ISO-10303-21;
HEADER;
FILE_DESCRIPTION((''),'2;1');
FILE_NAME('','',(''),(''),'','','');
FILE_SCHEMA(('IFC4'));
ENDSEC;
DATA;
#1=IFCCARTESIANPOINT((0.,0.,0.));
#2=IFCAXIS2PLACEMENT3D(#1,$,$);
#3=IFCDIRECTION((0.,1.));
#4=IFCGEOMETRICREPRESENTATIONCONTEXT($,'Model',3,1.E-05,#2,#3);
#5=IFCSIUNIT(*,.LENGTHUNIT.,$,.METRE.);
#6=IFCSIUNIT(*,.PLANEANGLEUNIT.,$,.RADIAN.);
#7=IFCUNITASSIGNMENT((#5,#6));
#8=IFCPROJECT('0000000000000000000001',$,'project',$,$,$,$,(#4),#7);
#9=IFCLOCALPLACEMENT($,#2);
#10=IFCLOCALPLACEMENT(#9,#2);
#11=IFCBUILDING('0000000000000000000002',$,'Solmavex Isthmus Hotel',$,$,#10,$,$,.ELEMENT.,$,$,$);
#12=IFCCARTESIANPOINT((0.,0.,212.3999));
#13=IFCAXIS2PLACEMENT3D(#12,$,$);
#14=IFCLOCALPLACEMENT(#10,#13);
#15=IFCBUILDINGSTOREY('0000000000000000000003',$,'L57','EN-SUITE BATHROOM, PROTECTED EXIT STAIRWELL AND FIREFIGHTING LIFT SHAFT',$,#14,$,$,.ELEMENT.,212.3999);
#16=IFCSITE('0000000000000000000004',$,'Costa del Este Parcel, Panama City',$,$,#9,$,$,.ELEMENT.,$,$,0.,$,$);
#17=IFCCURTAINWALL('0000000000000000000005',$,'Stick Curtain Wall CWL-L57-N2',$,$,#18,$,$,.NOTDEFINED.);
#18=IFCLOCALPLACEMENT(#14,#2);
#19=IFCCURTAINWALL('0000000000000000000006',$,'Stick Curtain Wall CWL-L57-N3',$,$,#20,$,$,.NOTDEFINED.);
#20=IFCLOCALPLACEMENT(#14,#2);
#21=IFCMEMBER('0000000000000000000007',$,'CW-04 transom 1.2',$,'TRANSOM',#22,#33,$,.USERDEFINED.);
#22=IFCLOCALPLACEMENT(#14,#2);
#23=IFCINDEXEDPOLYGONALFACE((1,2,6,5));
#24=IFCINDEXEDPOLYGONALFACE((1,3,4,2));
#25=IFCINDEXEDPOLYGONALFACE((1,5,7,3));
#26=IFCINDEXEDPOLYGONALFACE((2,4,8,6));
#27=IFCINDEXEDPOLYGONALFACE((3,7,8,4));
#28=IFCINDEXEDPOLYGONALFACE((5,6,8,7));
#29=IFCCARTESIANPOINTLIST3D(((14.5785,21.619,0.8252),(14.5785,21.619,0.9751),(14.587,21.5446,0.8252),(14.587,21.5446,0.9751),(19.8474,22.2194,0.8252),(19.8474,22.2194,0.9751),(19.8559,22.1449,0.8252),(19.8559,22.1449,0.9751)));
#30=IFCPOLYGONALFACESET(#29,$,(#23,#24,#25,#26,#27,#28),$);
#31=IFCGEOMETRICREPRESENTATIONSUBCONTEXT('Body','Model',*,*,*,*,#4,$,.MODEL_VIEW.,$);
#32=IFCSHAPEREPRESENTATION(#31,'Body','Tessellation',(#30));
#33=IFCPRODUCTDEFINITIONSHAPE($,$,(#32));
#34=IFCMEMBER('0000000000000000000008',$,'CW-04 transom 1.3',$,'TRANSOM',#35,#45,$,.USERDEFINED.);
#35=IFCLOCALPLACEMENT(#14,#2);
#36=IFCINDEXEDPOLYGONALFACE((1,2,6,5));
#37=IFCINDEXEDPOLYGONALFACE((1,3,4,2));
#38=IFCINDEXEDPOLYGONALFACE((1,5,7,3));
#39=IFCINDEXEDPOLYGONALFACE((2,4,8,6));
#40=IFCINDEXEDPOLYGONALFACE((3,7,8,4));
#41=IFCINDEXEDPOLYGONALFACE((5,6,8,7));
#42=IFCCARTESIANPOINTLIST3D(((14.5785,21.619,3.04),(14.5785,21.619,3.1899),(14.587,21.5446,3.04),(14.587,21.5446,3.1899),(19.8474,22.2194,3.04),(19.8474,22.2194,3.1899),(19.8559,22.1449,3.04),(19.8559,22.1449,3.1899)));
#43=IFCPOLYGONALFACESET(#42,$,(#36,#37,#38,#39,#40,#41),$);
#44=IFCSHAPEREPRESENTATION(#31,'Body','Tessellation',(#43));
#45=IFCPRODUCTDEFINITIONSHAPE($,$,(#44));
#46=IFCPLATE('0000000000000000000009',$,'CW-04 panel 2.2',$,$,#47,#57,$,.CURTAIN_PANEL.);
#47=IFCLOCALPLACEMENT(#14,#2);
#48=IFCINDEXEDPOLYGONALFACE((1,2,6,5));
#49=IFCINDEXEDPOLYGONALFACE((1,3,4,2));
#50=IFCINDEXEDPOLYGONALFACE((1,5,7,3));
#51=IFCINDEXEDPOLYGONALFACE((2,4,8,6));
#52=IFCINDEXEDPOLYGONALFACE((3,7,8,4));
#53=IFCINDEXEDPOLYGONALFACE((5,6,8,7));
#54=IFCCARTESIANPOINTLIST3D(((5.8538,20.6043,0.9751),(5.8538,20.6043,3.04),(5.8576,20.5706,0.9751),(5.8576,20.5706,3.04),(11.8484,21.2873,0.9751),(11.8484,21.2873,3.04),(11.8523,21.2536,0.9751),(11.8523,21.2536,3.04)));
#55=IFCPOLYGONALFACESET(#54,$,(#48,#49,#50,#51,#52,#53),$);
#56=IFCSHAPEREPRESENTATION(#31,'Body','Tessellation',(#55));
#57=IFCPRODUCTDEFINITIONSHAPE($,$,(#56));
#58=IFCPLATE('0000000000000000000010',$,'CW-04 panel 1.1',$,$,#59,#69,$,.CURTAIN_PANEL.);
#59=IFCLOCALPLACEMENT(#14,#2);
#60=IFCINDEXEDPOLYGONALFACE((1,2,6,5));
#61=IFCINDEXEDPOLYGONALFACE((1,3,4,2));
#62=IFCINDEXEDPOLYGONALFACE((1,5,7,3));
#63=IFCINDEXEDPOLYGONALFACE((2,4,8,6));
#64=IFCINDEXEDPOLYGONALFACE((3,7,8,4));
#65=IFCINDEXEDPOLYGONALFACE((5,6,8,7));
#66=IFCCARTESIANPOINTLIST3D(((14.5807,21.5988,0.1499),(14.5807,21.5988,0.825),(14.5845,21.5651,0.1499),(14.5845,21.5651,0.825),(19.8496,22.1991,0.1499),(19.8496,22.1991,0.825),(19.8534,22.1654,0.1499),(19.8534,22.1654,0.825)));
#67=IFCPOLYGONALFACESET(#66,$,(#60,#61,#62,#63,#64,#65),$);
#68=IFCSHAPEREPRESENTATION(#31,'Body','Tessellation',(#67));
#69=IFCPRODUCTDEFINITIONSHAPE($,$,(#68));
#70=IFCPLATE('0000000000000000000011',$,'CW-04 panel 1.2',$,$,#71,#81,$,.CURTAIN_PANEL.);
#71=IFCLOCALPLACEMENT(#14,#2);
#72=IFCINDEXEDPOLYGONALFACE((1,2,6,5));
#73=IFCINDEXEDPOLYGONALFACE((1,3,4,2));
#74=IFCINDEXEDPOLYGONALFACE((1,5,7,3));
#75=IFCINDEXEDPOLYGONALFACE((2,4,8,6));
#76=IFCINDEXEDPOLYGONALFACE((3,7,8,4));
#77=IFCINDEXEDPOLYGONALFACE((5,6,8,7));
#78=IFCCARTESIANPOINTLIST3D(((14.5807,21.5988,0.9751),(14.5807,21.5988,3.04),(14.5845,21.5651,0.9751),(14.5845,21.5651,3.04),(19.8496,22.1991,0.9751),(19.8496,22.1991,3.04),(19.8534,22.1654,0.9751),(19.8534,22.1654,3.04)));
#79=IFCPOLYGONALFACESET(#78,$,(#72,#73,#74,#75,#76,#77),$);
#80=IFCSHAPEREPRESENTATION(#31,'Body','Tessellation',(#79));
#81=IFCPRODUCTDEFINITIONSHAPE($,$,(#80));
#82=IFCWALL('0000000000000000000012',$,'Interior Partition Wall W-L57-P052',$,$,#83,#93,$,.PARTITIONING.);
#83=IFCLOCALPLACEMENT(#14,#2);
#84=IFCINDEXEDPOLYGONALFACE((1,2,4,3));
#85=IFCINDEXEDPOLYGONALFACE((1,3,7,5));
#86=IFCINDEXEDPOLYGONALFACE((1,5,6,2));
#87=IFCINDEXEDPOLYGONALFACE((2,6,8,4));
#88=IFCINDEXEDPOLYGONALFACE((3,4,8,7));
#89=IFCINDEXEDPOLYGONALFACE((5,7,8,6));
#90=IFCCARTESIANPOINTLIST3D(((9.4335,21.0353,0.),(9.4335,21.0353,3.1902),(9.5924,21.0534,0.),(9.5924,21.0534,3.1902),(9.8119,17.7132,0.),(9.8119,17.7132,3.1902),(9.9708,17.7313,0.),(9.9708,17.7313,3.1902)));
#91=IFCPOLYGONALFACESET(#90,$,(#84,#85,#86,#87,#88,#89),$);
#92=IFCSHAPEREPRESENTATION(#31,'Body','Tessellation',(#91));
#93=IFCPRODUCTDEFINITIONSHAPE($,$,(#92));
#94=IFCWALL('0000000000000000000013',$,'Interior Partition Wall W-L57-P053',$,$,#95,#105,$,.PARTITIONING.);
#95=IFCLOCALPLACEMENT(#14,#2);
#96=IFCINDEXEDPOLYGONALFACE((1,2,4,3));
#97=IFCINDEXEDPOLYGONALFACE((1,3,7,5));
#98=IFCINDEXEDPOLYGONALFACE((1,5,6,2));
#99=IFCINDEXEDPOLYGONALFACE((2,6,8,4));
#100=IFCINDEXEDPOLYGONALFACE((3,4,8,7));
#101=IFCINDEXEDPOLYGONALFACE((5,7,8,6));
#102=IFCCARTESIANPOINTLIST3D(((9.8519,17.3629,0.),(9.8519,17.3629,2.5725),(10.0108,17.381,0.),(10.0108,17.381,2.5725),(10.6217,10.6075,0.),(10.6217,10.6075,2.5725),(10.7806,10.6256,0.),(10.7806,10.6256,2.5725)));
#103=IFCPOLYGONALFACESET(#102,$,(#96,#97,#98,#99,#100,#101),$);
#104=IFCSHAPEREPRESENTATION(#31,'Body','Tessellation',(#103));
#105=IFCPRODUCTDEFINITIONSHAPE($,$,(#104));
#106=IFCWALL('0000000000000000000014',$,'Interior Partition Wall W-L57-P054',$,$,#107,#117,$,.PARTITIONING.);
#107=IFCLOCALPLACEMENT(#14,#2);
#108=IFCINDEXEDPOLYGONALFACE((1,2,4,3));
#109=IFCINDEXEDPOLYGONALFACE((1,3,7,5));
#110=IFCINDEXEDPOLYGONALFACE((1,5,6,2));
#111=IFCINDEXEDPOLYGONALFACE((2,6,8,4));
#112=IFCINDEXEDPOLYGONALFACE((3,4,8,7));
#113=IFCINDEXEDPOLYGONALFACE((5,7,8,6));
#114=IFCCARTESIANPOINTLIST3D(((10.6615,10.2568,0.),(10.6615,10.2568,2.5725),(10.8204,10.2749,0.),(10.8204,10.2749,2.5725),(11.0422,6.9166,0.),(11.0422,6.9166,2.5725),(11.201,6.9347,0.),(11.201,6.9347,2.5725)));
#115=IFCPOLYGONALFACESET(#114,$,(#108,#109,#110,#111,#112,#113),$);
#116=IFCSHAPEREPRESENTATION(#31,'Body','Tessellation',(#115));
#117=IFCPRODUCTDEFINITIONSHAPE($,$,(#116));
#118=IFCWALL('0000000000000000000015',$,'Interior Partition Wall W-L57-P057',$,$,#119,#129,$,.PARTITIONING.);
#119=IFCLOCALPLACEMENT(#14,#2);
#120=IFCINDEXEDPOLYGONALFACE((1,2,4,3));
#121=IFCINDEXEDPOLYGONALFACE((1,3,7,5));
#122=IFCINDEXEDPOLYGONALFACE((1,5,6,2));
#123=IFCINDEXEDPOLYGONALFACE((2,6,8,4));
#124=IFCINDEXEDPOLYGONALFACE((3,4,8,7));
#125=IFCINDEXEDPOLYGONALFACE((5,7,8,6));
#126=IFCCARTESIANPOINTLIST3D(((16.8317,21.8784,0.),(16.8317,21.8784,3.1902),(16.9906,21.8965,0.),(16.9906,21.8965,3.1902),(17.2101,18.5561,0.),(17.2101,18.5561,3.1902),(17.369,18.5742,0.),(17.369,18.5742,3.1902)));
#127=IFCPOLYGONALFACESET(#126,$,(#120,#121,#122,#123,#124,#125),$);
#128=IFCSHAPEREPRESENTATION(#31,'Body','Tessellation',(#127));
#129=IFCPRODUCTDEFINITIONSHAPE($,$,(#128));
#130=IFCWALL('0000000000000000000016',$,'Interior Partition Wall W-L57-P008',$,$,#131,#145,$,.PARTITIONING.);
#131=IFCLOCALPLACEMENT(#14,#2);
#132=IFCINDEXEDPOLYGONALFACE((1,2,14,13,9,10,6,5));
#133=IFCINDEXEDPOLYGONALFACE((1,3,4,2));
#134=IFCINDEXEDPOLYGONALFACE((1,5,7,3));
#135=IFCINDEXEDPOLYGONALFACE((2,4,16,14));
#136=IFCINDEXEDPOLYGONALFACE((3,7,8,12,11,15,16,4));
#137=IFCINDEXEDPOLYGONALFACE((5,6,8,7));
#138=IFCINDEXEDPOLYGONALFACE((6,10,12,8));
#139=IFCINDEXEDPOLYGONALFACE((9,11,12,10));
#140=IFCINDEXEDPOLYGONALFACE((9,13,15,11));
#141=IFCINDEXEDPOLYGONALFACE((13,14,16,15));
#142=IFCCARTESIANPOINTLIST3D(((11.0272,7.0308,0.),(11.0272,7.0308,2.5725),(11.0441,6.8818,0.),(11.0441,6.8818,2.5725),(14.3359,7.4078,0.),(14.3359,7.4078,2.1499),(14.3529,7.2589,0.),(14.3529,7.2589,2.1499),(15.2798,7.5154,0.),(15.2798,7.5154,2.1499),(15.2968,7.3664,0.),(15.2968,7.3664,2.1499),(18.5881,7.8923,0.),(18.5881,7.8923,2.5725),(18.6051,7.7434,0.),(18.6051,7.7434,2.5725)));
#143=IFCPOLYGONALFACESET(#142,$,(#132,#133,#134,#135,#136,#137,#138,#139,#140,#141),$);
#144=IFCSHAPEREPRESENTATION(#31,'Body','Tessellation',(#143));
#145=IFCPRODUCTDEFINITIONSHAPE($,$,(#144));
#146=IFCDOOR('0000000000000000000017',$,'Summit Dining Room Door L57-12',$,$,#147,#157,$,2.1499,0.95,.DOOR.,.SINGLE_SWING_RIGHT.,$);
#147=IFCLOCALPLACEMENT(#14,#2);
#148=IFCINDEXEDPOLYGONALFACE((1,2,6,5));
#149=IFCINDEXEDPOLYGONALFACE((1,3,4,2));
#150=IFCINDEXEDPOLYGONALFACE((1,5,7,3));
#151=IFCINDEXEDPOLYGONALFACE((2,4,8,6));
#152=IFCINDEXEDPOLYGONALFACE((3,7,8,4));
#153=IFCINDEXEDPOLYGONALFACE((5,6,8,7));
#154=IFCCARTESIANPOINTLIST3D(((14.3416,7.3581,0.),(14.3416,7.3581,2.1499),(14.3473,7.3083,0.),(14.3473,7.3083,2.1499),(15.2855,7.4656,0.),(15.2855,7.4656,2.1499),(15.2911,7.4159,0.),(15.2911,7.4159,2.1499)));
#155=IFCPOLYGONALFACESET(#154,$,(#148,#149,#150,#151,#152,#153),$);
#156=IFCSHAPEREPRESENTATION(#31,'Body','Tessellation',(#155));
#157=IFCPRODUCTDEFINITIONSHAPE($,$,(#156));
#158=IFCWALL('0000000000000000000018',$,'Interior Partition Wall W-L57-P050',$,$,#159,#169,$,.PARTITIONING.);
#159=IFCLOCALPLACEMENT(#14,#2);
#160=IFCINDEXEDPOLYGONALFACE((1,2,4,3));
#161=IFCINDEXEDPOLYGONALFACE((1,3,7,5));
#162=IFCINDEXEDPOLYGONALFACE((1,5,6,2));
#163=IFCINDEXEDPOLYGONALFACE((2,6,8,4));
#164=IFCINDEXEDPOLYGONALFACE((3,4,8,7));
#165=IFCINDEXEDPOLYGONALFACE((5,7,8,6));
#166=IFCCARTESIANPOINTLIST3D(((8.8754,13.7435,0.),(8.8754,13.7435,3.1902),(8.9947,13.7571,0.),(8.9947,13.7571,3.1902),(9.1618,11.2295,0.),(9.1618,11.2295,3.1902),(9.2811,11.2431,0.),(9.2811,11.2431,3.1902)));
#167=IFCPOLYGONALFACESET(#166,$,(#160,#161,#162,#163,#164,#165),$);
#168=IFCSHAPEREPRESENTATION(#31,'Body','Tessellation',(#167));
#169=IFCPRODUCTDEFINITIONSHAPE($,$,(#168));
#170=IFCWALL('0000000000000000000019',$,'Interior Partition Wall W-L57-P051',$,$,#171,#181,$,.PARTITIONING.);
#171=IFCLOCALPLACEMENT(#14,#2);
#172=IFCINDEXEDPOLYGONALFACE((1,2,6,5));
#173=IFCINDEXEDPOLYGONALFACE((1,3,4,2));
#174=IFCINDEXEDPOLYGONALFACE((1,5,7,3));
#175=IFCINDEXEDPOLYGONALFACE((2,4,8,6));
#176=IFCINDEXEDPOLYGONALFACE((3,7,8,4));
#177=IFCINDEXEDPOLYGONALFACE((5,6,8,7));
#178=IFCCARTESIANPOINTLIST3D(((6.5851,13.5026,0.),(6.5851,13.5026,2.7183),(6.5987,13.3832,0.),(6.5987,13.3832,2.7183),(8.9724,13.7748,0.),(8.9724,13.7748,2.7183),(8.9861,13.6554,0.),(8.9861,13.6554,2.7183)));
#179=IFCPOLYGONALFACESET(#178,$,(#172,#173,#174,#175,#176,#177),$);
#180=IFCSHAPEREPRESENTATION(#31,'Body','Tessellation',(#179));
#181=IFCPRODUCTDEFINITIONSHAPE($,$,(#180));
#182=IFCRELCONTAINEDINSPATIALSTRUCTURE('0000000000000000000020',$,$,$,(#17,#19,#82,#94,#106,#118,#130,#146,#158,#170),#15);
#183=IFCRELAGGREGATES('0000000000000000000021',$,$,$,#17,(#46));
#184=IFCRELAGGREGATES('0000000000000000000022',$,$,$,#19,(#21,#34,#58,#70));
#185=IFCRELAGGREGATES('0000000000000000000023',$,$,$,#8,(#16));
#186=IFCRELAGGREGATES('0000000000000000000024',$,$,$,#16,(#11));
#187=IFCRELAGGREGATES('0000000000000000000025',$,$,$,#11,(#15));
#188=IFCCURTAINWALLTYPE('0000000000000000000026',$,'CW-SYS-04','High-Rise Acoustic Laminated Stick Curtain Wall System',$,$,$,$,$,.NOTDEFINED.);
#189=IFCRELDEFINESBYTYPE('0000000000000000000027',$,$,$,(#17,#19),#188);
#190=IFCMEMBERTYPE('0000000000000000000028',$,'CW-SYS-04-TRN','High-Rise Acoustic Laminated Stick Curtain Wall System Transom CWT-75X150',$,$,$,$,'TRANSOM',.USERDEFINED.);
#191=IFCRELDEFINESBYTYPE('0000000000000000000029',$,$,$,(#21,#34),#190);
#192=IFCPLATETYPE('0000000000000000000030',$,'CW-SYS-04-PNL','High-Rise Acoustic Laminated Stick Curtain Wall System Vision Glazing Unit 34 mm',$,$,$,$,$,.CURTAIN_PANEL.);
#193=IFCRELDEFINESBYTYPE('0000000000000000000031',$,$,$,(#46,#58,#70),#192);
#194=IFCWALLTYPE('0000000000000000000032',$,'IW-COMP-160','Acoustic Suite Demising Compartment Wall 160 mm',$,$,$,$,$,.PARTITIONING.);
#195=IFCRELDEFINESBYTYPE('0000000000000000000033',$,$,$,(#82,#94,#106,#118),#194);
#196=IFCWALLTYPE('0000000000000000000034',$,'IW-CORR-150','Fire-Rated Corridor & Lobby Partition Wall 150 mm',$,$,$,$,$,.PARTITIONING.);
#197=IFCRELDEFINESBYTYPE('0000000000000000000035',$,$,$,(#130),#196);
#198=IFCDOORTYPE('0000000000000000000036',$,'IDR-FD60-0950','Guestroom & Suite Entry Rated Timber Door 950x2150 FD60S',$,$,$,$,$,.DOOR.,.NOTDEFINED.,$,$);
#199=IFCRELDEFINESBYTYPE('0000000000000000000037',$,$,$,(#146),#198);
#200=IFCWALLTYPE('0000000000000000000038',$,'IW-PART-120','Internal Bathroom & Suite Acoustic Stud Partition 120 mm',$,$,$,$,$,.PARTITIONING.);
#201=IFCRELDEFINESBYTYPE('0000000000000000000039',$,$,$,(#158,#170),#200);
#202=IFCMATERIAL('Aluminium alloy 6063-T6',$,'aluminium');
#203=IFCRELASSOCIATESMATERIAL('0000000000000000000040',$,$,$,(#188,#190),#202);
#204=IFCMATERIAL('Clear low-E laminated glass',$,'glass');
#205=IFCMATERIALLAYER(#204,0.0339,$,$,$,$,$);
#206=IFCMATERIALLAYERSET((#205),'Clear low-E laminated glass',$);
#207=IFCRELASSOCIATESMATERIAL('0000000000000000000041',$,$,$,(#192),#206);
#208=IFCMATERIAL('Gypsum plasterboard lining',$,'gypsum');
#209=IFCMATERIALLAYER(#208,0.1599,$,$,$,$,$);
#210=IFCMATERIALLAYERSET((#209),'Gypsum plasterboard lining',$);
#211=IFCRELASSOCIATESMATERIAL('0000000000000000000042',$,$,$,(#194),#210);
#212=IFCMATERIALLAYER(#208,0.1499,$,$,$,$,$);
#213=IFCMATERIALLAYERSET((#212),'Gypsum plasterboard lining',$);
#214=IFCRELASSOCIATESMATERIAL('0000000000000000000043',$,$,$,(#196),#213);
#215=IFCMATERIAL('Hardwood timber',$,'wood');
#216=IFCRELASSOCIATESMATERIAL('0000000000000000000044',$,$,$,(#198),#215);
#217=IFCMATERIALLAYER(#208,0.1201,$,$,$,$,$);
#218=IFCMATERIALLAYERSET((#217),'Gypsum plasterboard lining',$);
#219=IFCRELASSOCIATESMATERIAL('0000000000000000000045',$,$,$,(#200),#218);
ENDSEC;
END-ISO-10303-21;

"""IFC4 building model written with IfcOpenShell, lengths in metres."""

from ifc_helpers import new_model, si_unit, direction, frame, frame_2d, origin, origin_2d, place, context, subcontext, project, spatial, rectangle, extrude, material, layer, layer_set, material_profile, profile_set, type_object, element, fill, aggregate, save


model = new_model("IFC4")

# Units and contexts
model_context = context("Model", 3, precision=1e-05, world=origin(), true_north=direction((0.0, 1.0)))
body_context = subcontext(model_context, "Body", "Model", "MODEL_VIEW")
ifc_project = project(units=[si_unit("LENGTHUNIT", "METRE"), si_unit("PLANEANGLEUNIT", "RADIAN")], contexts=[model_context])

# Site, building, storey
site_placement = place(None, origin())
site = spatial("IfcSite", under=ifc_project, at=site_placement, Name="Costa del Este Parcel, Panama City", CompositionType="ELEMENT", RefElevation=0.0)
building_placement = place(site_placement, origin())
building = spatial("IfcBuilding", under=site, at=building_placement, Name="Solmavex Isthmus Hotel", CompositionType="ELEMENT")
storey_placement = place(building_placement, frame((0.0, 0.0, 212.3999)))
storey = spatial("IfcBuildingStorey", under=building, at=storey_placement, Name="L57", Description="EN-SUITE BATHROOM, PROTECTED EXIT STAIRWELL AND FIREFIGHTING LIFT SHAFT", CompositionType="ELEMENT", Elevation=212.3999)

# Curtain wall
ifc_material_1 = material(Name="Aluminium alloy 6063-T6", Category="aluminium")
curtain_wall_type = type_object("IfcCurtainWallType", Name="CW-SYS-04", Description="High-Rise Acoustic Laminated Stick Curtain Wall System", PredefinedType="NOTDEFINED", material=ifc_material_1)
curtain_wall_1_placement = place(storey_placement, origin())
curtain_wall_1 = element("IfcCurtainWall", 1, at=curtain_wall_1_placement, inside=storey, type_object=curtain_wall_type, Name="Stick Curtain Wall CWL-L57-N2", PredefinedType="NOTDEFINED")

# Curtain wall, members
curtain_wall_2_placement = place(storey_placement, origin())
curtain_wall_2 = element("IfcCurtainWall", 2, at=curtain_wall_2_placement, inside=storey, type_object=curtain_wall_type, Name="Stick Curtain Wall CWL-L57-N3", PredefinedType="NOTDEFINED")
ifc_material_profile_1 = material_profile(ifc_material_1, rectangle(XDim=0.075, YDim=0.1499, at=origin_2d()), Name="CWT-75X150")
ifc_profile_set_1 = profile_set([ifc_material_profile_1], Name="Aluminium alloy 6063-T6")
member_type_1 = type_object("IfcMemberType", Name="CW-SYS-04-TRN", Description="High-Rise Acoustic Laminated Stick Curtain Wall System Transom CWT-75X150", ElementType="TRANSOM", PredefinedType="USERDEFINED", material=ifc_profile_set_1)
member_1_placement = place(storey_placement, frame((14.5828, 21.5818, 0.9001), z_axis=(0.993571, 0.11321, 0.0), x_axis=(-0.11321, 0.993571, 0.0)))
member_1 = element("IfcMember", 3, at=member_1_placement, type_object=member_type_1, Name="CW-04 transom 1.2", ObjectType="TRANSOM", PredefinedType="USERDEFINED", context=body_context, shape_type="SweptSolid", body=[
    extrude(rectangle(XDim=0.075, YDim=0.1499, at=origin_2d()), origin(), (0.0, 0.0, 1.0), 5.303),
])
member_2_placement = place(storey_placement, frame((14.5828, 21.5818, 3.115), z_axis=(0.993571, 0.11321, 0.0), x_axis=(-0.11321, 0.993571, 0.0)))
member_2 = element("IfcMember", 4, at=member_2_placement, type_object=member_type_1, Name="CW-04 transom 1.3", ObjectType="TRANSOM", PredefinedType="USERDEFINED", context=body_context, shape_type="SweptSolid", body=[
    extrude(rectangle(XDim=0.075, YDim=0.1499, at=origin_2d()), origin(), (0.0, 0.0, 1.0), 5.303),
])

# Plates
ifc_material_2 = material(Name="Clear low-E laminated glass", Category="glass")
ifc_layer_1 = layer(ifc_material_2, 0.0339)
ifc_layer_set_1 = layer_set([ifc_layer_1], Name="Clear low-E laminated glass")
plate_type = type_object("IfcPlateType", Name="CW-SYS-04-PNL", Description="High-Rise Acoustic Laminated Stick Curtain Wall System Vision Glazing Unit 34 mm", PredefinedType="CURTAIN_PANEL", material=ifc_layer_set_1)
plate_1_placement = place(storey_placement, frame((8.853, 20.929, 0.9751), z_axis=(0.0, 0.0, 1.0), x_axis=(0.993572, 0.113203, 0.0)))
plate_1 = element("IfcPlate", 5, at=plate_1_placement, type_object=plate_type, Name="CW-04 panel 2.2", PredefinedType="CURTAIN_PANEL", context=body_context, shape_type="SweptSolid", body=[
    extrude(rectangle(XDim=6.0334, YDim=0.0339, at=origin_2d()), origin(), (0.0, 0.0, 1.0), 2.0649),
])
aggregate(curtain_wall_1, [plate_1])
plate_2_placement = place(storey_placement, frame((17.217, 21.8821, 0.1499), z_axis=(0.0, 0.0, 1.0), x_axis=(0.993572, 0.113204, 0.0)))
plate_2 = element("IfcPlate", 6, at=plate_2_placement, type_object=plate_type, Name="CW-04 panel 1.1", PredefinedType="CURTAIN_PANEL", context=body_context, shape_type="SweptSolid", body=[
    extrude(rectangle(XDim=5.303, YDim=0.0339, at=origin_2d()), origin(), (0.0, 0.0, 1.0), 0.675),
])
plate_3_placement = place(storey_placement, frame((17.217, 21.8821, 0.9751), z_axis=(0.0, 0.0, 1.0), x_axis=(0.993572, 0.113204, 0.0)))
plate_3 = element("IfcPlate", 7, at=plate_3_placement, type_object=plate_type, Name="CW-04 panel 1.2", PredefinedType="CURTAIN_PANEL", context=body_context, shape_type="SweptSolid", body=[
    extrude(rectangle(XDim=5.303, YDim=0.0339, at=origin_2d()), origin(), (0.0, 0.0, 1.0), 2.0649),
])
aggregate(curtain_wall_2, [member_1, member_2, plate_2, plate_3])

# Walls
ifc_material_3 = material(Name="Gypsum plasterboard lining", Category="gypsum")
ifc_layer_2 = layer(ifc_material_3, 0.1599)
ifc_layer_set_2 = layer_set([ifc_layer_2], Name="Gypsum plasterboard lining")
wall_type_1 = type_object("IfcWallType", Name="IW-COMP-160", Description="Acoustic Suite Demising Compartment Wall 160 mm", PredefinedType="PARTITIONING", material=ifc_layer_set_2)
wall_1_placement = place(storey_placement, frame((9.5129, 21.0444, 0.0), z_axis=(0.0, 0.0, 1.0), x_axis=(0.11318, -0.993574, 0.0)))
element("IfcWall", 8, at=wall_1_placement, inside=storey, type_object=wall_type_1, Name="Interior Partition Wall W-L57-P052", PredefinedType="PARTITIONING", context=body_context, shape_type="SweptSolid", body=[
    extrude(rectangle(XDim=3.3435, YDim=0.1599, at=frame_2d((1.6719, 0.0))), origin(), (0.0, 0.0, 1.0), 3.1902),
])
wall_2_placement = place(storey_placement, frame((9.9314, 17.3718, 0.0), z_axis=(0.0, 0.0, 1.0), x_axis=(0.113217, -0.99357, 0.0)))
element("IfcWall", 9, at=wall_2_placement, inside=storey, type_object=wall_type_1, Name="Interior Partition Wall W-L57-P053", PredefinedType="PARTITIONING", context=body_context, shape_type="SweptSolid", body=[
    extrude(rectangle(XDim=6.7991, YDim=0.1599, at=frame_2d((3.3994, 0.0))), origin(), (0.0, 0.0, 1.0), 2.5725),
])
wall_3_placement = place(storey_placement, frame((10.741, 10.2659, 0.0), z_axis=(0.0, 0.0, 1.0), x_axis=(0.113221, -0.99357, 0.0)))
element("IfcWall", 10, at=wall_3_placement, inside=storey, type_object=wall_type_1, Name="Interior Partition Wall W-L57-P054", PredefinedType="PARTITIONING", context=body_context, shape_type="SweptSolid", body=[
    extrude(rectangle(XDim=3.3618, YDim=0.1599, at=frame_2d((1.6809, 0.0))), origin(), (0.0, 0.0, 1.0), 2.5725),
])
wall_4_placement = place(storey_placement, frame((16.9111, 21.8875, 0.0), z_axis=(0.0, 0.0, 1.0), x_axis=(0.113172, -0.993575, 0.0)))
element("IfcWall", 11, at=wall_4_placement, inside=storey, type_object=wall_type_1, Name="Interior Partition Wall W-L57-P057", PredefinedType="PARTITIONING", context=body_context, shape_type="SweptSolid", body=[
    extrude(rectangle(XDim=3.3438, YDim=0.1599, at=frame_2d((1.6719, 0.0))), origin(), (0.0, 0.0, 1.0), 3.1902),
])

# Wall, opening, door
ifc_layer_3 = layer(ifc_material_3, 0.1499)
ifc_layer_set_3 = layer_set([ifc_layer_3], Name="Gypsum plasterboard lining")
wall_type_2 = type_object("IfcWallType", Name="IW-CORR-150", Description="Fire-Rated Corridor & Lobby Partition Wall 150 mm", PredefinedType="PARTITIONING", material=ifc_layer_set_3)
wall_5_placement = place(storey_placement, frame((11.0356, 6.9563, 0.0), z_axis=(0.0, 0.0, 1.0), x_axis=(0.99357, 0.113216, 0.0)))
wall_5 = element("IfcWall", 12, at=wall_5_placement, inside=storey, type_object=wall_type_2, Name="Interior Partition Wall W-L57-P008", PredefinedType="PARTITIONING", context=body_context, shape_type="SweptSolid", body=[
    extrude(rectangle(XDim=7.6099, YDim=0.1499, at=frame_2d((3.8049, 0.0))), origin(), (0.0, 0.0, 1.0), 2.5725),
])
opening_1_placement = place(wall_5_placement, frame((3.3301, 0.0, 0.0)))
opening_1 = element("IfcOpeningElement", 13, at=opening_1_placement, cuts=wall_5, PredefinedType="OPENING", context=body_context, shape_type="SweptSolid", body=[
    extrude(rectangle(XDim=0.95, YDim=2.1499, at=frame_2d((0.4751, 1.075))), frame((0.0, 0.085, 0.0), z_axis=(0.0, -1.0, 0.0), x_axis=(1.0, 0.0, 0.0)), (0.0, 0.0, 1.0), 0.1699),
])
ifc_material_4 = material(Name="Hardwood timber", Category="wood")
door_type_1 = type_object("IfcDoorType", Name="IDR-FD60-0950", Description="Guestroom & Suite Entry Rated Timber Door 950x2150 FD60S", OperationType="NOTDEFINED", PredefinedType="DOOR", material=ifc_material_4)
door_1_placement = place(opening_1_placement, origin())
door_1 = element("IfcDoor", 14, at=door_1_placement, inside=storey, type_object=door_type_1, Name="Summit Dining Room Door L57-12", OperationType="SINGLE_SWING_RIGHT", OverallHeight=2.1499, OverallWidth=0.95, PredefinedType="DOOR", context=body_context, shape_type="SweptSolid", body=[
    extrude(rectangle(XDim=0.95, YDim=2.1499, at=frame_2d((0.4751, 1.075))), frame((0.0, 0.0249, 0.0), z_axis=(0.0, -1.0, 0.0), x_axis=(1.0, 0.0, 0.0)), (0.0, 0.0, 1.0), 0.05),
])
fill(opening_1, door_1)

# Walls
ifc_layer_4 = layer(ifc_material_3, 0.1201)
ifc_layer_set_4 = layer_set([ifc_layer_4], Name="Gypsum plasterboard lining")
wall_type_3 = type_object("IfcWallType", Name="IW-PART-120", Description="Internal Bathroom & Suite Acoustic Stud Partition 120 mm", PredefinedType="PARTITIONING", material=ifc_layer_set_4)
wall_6_placement = place(storey_placement, frame((9.2214, 11.2363, 0.0), z_axis=(0.0, 0.0, 1.0), x_axis=(-0.113185, 0.993574, 0.0)))
element("IfcWall", 15, at=wall_6_placement, inside=storey, type_object=wall_type_3, Name="Interior Partition Wall W-L57-P050", PredefinedType="PARTITIONING", context=body_context, shape_type="SweptSolid", body=[
    extrude(rectangle(XDim=2.5303, YDim=0.1201, at=frame_2d((1.2651, 0.0))), origin(), (0.0, 0.0, 1.0), 3.1902),
])
wall_7_placement = place(storey_placement, frame((8.9792, 13.7151, 0.0), z_axis=(0.0, 0.0, 1.0), x_axis=(-0.993562, -0.113286, 0.0)))
element("IfcWall", 16, at=wall_7_placement, inside=storey, type_object=wall_type_3, Name="Interior Partition Wall W-L57-P051", PredefinedType="PARTITIONING", context=body_context, shape_type="SweptSolid", body=[
    extrude(rectangle(XDim=2.4028, YDim=0.1201, at=frame_2d((1.2014, 0.0))), origin(), (0.0, 0.0, 1.0), 2.7183),
])

save(model, "model.ifc")
